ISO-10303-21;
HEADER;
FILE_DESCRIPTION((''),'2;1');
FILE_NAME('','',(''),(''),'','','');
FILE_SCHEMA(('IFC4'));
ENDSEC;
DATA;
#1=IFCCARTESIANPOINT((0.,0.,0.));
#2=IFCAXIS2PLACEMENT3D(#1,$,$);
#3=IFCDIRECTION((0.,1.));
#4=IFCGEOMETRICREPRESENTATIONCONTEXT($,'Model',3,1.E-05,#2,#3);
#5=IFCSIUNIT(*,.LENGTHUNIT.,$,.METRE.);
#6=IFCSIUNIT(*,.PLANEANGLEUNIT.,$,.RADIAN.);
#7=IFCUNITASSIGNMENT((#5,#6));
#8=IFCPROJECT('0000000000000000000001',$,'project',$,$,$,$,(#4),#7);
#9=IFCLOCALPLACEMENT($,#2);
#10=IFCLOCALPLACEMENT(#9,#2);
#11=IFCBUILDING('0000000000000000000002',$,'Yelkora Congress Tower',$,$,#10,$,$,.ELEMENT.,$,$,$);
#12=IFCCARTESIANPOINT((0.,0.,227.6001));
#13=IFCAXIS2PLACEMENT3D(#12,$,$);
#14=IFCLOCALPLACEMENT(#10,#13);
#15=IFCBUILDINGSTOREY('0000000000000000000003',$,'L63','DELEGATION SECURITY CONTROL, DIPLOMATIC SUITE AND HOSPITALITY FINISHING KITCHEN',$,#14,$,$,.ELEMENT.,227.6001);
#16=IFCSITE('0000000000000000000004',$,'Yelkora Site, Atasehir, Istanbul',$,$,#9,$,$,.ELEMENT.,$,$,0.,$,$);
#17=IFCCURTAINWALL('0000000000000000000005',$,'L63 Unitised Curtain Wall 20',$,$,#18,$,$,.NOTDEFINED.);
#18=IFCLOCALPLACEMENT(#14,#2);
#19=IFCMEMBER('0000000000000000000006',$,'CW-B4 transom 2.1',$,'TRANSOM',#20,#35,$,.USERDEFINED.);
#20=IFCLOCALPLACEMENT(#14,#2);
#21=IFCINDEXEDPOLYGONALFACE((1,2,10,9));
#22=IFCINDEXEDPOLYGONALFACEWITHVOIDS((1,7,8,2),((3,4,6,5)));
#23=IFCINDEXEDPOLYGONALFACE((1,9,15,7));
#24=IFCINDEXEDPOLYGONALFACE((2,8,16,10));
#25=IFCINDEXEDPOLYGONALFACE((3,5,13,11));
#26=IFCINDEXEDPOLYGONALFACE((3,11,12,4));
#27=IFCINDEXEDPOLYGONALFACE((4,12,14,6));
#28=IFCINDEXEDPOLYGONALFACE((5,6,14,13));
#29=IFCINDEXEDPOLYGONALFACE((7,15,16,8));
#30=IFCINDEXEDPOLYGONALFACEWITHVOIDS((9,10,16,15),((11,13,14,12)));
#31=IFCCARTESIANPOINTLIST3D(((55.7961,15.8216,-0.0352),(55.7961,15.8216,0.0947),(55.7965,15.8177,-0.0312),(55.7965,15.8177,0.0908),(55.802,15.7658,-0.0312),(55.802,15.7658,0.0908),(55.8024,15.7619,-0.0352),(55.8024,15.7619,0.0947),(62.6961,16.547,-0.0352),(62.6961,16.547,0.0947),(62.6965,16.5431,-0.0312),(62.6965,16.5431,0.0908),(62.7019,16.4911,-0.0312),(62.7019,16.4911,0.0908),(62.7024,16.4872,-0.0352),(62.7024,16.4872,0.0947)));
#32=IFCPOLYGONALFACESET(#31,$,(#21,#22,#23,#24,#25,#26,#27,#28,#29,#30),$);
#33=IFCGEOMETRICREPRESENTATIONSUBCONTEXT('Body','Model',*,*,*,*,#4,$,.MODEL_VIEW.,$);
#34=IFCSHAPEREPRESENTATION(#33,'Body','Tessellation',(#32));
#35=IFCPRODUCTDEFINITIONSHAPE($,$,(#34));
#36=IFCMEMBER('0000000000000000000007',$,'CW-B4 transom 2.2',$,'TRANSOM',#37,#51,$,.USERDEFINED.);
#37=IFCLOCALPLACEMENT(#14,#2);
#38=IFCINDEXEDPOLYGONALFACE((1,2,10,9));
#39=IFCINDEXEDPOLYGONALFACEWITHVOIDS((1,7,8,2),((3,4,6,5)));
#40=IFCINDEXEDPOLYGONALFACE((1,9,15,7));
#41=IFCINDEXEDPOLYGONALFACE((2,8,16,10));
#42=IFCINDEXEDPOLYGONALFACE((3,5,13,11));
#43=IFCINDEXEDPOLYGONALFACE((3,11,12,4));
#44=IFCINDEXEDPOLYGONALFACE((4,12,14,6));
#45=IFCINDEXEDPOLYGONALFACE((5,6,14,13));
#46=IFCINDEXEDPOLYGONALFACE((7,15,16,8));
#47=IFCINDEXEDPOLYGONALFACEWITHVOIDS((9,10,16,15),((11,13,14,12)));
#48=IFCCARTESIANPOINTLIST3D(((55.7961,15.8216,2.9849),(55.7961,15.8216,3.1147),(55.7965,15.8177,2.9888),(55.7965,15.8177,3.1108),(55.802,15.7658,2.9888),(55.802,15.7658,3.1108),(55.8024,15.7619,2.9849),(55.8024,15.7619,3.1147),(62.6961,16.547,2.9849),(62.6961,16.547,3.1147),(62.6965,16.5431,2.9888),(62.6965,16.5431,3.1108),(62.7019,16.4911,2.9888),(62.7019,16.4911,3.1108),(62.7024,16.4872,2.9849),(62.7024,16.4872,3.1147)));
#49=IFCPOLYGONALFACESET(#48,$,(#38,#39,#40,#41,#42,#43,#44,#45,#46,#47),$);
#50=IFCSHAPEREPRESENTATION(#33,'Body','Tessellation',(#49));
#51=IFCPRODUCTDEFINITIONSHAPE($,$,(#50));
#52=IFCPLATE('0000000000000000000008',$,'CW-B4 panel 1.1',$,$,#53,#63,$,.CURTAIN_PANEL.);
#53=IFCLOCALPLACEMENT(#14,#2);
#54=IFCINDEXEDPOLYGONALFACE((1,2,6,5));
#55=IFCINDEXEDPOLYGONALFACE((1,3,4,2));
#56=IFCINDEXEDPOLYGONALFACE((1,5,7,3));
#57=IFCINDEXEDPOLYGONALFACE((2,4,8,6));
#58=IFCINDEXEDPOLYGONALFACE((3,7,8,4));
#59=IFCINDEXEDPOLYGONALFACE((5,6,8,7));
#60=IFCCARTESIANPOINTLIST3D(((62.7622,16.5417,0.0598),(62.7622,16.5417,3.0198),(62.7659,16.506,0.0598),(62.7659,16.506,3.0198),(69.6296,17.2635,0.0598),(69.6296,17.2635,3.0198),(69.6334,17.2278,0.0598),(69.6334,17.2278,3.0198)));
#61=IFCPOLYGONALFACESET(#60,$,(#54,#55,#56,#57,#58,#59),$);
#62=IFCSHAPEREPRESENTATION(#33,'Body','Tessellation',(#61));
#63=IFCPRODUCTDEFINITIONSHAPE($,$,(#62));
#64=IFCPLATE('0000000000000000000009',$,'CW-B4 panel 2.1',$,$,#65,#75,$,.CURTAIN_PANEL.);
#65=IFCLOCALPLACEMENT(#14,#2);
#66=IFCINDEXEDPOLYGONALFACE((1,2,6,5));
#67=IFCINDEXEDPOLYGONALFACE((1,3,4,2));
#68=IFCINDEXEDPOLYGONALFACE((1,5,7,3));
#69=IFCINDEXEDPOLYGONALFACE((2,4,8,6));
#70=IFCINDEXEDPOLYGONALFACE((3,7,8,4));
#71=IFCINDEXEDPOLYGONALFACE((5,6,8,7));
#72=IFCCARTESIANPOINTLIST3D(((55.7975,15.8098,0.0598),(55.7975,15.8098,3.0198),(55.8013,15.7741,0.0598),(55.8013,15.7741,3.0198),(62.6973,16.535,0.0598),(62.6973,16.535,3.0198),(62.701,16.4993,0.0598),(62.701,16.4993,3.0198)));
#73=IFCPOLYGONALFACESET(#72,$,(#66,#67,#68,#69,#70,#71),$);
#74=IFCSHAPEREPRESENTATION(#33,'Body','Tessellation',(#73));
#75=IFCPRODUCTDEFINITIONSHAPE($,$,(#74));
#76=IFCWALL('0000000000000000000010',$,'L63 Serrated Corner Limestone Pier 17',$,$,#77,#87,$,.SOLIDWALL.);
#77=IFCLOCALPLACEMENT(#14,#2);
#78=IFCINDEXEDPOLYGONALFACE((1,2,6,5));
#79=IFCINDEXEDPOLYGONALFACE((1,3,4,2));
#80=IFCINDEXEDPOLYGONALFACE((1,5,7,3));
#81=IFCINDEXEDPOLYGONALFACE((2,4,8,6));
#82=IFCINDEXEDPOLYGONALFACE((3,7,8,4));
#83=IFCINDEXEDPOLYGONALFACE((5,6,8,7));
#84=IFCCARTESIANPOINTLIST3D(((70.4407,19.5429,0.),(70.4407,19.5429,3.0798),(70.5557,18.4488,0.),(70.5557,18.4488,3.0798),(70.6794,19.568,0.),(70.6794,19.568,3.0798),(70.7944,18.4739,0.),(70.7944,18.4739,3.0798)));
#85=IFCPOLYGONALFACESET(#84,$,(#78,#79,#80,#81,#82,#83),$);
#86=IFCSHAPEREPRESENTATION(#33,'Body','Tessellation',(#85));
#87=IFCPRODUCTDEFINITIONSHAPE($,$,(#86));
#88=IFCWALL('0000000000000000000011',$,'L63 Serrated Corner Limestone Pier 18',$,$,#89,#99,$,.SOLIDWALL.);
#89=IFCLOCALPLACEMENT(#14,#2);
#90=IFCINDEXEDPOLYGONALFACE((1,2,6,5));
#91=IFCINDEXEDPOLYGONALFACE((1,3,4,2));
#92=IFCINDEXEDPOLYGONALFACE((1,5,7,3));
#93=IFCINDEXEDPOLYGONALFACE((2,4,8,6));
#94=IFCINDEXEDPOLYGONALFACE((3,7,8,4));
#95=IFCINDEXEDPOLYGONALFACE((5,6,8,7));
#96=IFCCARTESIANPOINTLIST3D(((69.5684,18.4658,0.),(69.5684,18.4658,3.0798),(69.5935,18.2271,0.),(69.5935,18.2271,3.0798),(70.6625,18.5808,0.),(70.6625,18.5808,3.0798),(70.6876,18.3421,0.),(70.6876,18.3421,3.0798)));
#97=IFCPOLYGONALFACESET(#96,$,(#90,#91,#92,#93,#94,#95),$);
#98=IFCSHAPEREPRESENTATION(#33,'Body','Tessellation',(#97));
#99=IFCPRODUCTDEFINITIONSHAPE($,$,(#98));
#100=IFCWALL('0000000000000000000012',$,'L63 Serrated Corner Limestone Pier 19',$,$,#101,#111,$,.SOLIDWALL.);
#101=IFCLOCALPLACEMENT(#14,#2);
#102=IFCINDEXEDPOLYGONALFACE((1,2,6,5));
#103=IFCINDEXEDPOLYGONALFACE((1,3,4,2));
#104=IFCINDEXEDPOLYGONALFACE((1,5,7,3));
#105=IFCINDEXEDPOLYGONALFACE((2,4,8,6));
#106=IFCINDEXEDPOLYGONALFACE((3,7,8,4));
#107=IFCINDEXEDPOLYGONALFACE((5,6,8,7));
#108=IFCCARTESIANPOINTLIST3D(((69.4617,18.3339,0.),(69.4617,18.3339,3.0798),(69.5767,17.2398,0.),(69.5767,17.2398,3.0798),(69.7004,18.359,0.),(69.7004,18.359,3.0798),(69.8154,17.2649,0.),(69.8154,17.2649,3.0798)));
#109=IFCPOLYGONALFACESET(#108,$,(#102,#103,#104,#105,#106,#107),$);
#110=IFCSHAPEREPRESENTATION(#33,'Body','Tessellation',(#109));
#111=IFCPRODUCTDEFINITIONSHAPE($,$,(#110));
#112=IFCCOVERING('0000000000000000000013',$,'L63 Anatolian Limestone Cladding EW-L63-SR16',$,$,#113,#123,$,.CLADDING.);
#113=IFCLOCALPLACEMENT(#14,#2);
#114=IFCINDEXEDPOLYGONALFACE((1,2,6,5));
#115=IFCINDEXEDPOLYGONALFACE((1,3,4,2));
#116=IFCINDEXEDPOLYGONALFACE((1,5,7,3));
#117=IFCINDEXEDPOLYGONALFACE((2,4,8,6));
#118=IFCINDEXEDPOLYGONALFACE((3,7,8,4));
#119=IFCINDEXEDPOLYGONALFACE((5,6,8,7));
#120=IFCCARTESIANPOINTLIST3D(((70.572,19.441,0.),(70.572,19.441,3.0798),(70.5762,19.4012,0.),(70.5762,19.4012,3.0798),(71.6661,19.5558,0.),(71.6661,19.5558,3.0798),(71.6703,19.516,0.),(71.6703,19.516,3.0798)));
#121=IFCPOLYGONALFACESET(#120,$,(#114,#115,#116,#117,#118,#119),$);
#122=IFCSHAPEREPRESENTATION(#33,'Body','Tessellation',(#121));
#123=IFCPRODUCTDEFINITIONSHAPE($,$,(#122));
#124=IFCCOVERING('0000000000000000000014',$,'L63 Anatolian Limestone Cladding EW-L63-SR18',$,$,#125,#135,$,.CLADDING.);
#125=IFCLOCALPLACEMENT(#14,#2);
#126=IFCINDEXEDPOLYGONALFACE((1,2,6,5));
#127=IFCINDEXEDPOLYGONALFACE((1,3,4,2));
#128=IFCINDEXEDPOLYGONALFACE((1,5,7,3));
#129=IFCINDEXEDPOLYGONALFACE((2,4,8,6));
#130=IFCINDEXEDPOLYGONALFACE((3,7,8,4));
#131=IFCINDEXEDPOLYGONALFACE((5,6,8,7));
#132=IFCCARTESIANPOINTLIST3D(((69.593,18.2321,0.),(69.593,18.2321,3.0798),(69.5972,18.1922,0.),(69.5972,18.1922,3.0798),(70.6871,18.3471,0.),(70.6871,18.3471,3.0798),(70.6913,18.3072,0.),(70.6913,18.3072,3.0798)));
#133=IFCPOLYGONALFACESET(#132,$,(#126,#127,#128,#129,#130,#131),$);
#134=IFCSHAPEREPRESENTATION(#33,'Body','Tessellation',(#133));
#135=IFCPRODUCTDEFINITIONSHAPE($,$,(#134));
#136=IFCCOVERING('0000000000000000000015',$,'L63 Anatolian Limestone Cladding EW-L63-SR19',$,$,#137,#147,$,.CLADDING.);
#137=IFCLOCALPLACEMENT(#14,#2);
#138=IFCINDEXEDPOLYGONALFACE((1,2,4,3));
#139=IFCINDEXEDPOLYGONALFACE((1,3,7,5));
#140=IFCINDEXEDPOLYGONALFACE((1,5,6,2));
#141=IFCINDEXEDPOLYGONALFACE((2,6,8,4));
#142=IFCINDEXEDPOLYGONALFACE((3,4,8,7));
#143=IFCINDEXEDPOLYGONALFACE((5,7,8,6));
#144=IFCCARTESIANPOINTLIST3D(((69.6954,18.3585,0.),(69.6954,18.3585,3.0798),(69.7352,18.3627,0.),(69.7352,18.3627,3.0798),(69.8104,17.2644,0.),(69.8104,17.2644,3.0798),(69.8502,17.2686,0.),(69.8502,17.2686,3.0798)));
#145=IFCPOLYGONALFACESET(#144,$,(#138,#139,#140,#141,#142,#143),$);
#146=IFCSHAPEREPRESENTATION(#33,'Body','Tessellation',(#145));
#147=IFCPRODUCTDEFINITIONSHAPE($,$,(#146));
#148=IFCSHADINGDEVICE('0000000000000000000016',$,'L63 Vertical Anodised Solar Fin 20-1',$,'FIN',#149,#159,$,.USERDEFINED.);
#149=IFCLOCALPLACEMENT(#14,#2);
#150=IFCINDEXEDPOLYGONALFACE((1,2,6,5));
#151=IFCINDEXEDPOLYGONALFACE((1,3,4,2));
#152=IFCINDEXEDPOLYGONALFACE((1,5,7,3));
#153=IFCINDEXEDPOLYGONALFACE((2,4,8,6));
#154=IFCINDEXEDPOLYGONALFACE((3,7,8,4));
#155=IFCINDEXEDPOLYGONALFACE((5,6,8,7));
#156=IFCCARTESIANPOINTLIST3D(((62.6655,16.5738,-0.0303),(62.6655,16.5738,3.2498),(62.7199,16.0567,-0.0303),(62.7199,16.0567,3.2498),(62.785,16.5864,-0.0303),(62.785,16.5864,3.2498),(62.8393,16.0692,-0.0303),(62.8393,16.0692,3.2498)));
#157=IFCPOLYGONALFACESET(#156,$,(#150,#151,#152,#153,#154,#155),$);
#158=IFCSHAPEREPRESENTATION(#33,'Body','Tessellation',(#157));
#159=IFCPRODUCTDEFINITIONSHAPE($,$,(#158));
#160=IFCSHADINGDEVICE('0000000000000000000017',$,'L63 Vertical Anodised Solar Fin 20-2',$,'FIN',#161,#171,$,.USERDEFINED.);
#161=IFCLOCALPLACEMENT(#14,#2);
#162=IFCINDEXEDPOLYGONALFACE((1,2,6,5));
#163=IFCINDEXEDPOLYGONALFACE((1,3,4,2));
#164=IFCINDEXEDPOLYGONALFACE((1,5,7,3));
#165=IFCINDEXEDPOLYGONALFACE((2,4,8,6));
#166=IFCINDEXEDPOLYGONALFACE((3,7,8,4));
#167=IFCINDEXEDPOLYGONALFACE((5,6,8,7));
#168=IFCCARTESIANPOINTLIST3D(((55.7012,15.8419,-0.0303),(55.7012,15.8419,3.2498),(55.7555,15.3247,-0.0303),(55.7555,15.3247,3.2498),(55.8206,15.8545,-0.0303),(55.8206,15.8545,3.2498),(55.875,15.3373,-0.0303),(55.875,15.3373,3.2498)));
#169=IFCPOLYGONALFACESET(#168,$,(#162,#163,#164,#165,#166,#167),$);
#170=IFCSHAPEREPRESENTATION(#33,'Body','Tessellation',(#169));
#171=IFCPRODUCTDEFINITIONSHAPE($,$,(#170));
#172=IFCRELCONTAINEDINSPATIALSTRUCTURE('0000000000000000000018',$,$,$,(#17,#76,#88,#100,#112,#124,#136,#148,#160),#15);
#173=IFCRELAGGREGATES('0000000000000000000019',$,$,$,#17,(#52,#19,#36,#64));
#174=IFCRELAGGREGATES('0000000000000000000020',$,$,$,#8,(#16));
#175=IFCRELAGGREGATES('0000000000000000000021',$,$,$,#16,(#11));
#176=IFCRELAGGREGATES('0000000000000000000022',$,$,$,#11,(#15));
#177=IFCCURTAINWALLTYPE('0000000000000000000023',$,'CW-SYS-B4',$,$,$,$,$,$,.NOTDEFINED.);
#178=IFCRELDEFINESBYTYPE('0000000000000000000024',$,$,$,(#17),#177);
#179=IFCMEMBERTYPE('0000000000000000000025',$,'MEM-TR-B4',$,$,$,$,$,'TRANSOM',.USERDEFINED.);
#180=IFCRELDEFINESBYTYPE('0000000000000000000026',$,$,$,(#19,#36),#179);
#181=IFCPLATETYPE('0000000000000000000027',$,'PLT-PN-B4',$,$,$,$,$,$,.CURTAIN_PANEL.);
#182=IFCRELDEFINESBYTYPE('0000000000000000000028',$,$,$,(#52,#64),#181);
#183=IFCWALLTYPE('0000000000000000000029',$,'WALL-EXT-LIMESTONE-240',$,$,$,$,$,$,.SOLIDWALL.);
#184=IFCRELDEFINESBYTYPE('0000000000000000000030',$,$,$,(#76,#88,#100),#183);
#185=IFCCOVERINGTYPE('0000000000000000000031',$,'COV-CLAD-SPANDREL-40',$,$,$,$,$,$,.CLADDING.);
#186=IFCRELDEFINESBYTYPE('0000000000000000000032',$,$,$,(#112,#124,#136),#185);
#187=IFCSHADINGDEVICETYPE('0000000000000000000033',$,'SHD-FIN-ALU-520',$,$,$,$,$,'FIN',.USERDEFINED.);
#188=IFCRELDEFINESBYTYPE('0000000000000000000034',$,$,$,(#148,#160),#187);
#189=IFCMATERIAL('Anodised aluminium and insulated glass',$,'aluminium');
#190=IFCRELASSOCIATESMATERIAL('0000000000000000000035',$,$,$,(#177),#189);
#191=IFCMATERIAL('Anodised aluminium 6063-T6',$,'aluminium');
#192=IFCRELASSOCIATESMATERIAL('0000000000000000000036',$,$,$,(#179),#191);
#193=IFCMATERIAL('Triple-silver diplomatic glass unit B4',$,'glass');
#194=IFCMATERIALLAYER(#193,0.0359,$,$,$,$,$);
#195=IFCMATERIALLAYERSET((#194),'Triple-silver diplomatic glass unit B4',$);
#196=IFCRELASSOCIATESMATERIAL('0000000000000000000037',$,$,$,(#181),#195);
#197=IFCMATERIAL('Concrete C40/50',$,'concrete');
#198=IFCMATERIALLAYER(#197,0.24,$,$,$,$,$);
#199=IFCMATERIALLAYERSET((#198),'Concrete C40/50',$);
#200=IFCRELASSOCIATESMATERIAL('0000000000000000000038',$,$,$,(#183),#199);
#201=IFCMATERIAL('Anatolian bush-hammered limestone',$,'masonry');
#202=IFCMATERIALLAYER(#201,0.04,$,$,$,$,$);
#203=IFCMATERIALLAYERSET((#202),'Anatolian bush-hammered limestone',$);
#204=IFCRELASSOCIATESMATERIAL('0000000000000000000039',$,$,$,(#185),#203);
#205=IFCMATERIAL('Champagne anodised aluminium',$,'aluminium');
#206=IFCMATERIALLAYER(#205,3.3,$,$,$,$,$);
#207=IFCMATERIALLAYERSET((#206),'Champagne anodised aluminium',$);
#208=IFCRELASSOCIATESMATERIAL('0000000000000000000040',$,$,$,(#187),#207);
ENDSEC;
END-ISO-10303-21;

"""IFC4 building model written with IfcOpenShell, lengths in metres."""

from ifc_helpers import new_model, si_unit, direction, frame, frame_2d, origin, origin_2d, place, context, subcontext, project, spatial, rectangle, hollow_rectangle, extrude, material, layer, layer_set, material_profile, profile_set, type_object, element, aggregate, save


model = new_model("IFC4")

# Units and contexts
model_context = context("Model", 3, precision=1e-05, world=origin(), true_north=direction((0.0, 1.0)))
body_context = subcontext(model_context, "Body", "Model", "MODEL_VIEW")
ifc_project = project(units=[si_unit("LENGTHUNIT", "METRE"), si_unit("PLANEANGLEUNIT", "RADIAN")], contexts=[model_context])

# Site, building, storey
site_placement = place(None, origin())
site = spatial("IfcSite", under=ifc_project, at=site_placement, Name="Yelkora Site, Atasehir, Istanbul", CompositionType="ELEMENT", RefElevation=0.0)
building_placement = place(site_placement, origin())
building = spatial("IfcBuilding", under=site, at=building_placement, Name="Yelkora Congress Tower", CompositionType="ELEMENT")
storey_placement = place(building_placement, frame((0.0, 0.0, 227.6001)))
storey = spatial("IfcBuildingStorey", under=building, at=storey_placement, Name="L63", Description="DELEGATION SECURITY CONTROL, DIPLOMATIC SUITE AND HOSPITALITY FINISHING KITCHEN", CompositionType="ELEMENT", Elevation=227.6001)

# Curtain wall, members, plates
ifc_material_1 = material(Name="Anodised aluminium and insulated glass", Category="aluminium")
curtain_wall_type = type_object("IfcCurtainWallType", Name="CW-SYS-B4", PredefinedType="NOTDEFINED", material=ifc_material_1)
curtain_wall_placement = place(storey_placement, origin())
curtain_wall = element("IfcCurtainWall", 1, at=curtain_wall_placement, inside=storey, type_object=curtain_wall_type, Name="L63 Unitised Curtain Wall 20", PredefinedType="NOTDEFINED")
ifc_material_2 = material(Name="Anodised aluminium 6063-T6", Category="aluminium")
ifc_material_profile_1 = material_profile(ifc_material_2, hollow_rectangle(XDim=0.0601, YDim=0.1299, WallThickness=0.0039, at=origin_2d()), Name="ALU 60x130x4")
ifc_profile_set_1 = profile_set([ifc_material_profile_1], Name="Anodised aluminium 6063-T6")
member_type_1 = type_object("IfcMemberType", Name="MEM-TR-B4", ElementType="TRANSOM", PredefinedType="USERDEFINED", material=ifc_profile_set_1)
member_1_placement = place(storey_placement, frame((62.6992, 16.5171, 0.0298), z_axis=(-0.99452, -0.104547, 0.0), x_axis=(0.104547, -0.99452, 0.0)))
member_1 = element("IfcMember", 2, at=member_1_placement, type_object=member_type_1, Name="CW-B4 transom 2.1", ObjectType="TRANSOM", PredefinedType="USERDEFINED", context=body_context, shape_type="SweptSolid", body=[
    extrude(hollow_rectangle(XDim=0.0601, YDim=0.1299, WallThickness=0.0039, at=origin_2d()), origin(), (0.0, 0.0, 1.0), 6.938),
])
member_2_placement = place(storey_placement, frame((62.6992, 16.5171, 3.0498), z_axis=(-0.99452, -0.104547, 0.0), x_axis=(0.104547, -0.99452, 0.0)))
member_2 = element("IfcMember", 3, at=member_2_placement, type_object=member_type_1, Name="CW-B4 transom 2.2", ObjectType="TRANSOM", PredefinedType="USERDEFINED", context=body_context, shape_type="SweptSolid", body=[
    extrude(hollow_rectangle(XDim=0.0601, YDim=0.1299, WallThickness=0.0039, at=origin_2d()), origin(), (0.0, 0.0, 1.0), 6.938),
])
ifc_material_3 = material(Name="Triple-silver diplomatic glass unit B4", Category="glass")
ifc_layer_1 = layer(ifc_material_3, 0.0359)
ifc_layer_set_1 = layer_set([ifc_layer_1], Name="Triple-silver diplomatic glass unit B4")
plate_type = type_object("IfcPlateType", Name="PLT-PN-B4", PredefinedType="CURTAIN_PANEL", material=ifc_layer_set_1)
plate_1_placement = place(storey_placement, frame((66.1978, 16.8848, 0.0598), z_axis=(0.0, 0.0, 1.0), x_axis=(-0.994522, -0.104527, 0.0)))
plate_1 = element("IfcPlate", 4, at=plate_1_placement, type_object=plate_type, Name="CW-B4 panel 1.1", PredefinedType="CURTAIN_PANEL", context=body_context, shape_type="SweptSolid", body=[
    extrude(rectangle(XDim=6.9053, YDim=0.0359, at=origin_2d()), origin(), (0.0, 0.0, 1.0), 2.96),
])
plate_2_placement = place(storey_placement, frame((59.2493, 16.1545, 0.0598), z_axis=(0.0, 0.0, 1.0), x_axis=(-0.994522, -0.104527, 0.0)))
plate_2 = element("IfcPlate", 5, at=plate_2_placement, type_object=plate_type, Name="CW-B4 panel 2.1", PredefinedType="CURTAIN_PANEL", context=body_context, shape_type="SweptSolid", body=[
    extrude(rectangle(XDim=6.9377, YDim=0.0359, at=origin_2d()), origin(), (0.0, 0.0, 1.0), 2.96),
])
aggregate(curtain_wall, [plate_1, member_1, member_2, plate_2])

# Walls
ifc_material_4 = material(Name="Concrete C40/50", Category="concrete")
ifc_layer_2 = layer(ifc_material_4, 0.24)
ifc_layer_set_2 = layer_set([ifc_layer_2], Name="Concrete C40/50")
wall_type = type_object("IfcWallType", Name="WALL-EXT-LIMESTONE-240", PredefinedType="SOLIDWALL", material=ifc_layer_set_2)
for number, where, z_axis, x_axis, name in (
    (6, (70.5601, 19.5554, 0.0), (0.0, 0.0, 1.0), (0.104535, -0.994521, 0.0), "L63 Serrated Corner Limestone Pier 17"),
    (7, (70.675, 18.4614, 0.0), (0.0, 0.0, 1.0), (-0.994521, -0.104535, 0.0), "L63 Serrated Corner Limestone Pier 18"),
    (8, (69.5811, 18.3464, 0.0), (0.0, 0.0, 1.0), (0.104535, -0.994521, 0.0), "L63 Serrated Corner Limestone Pier 19"),
):
    element("IfcWall", number, at=place(storey_placement, frame(where, z_axis=z_axis, x_axis=x_axis)), inside=storey, type_object=wall_type, Name=name, PredefinedType="SOLIDWALL", context=body_context, shape_type="SweptSolid", body=[
        extrude(rectangle(XDim=1.1001, YDim=0.24, at=frame_2d((0.55, 0.0))), origin(), (0.0, 0.0, 1.0), 3.0798),
    ])

# Coverings
ifc_material_5 = material(Name="Anatolian bush-hammered limestone", Category="masonry")
ifc_layer_3 = layer(ifc_material_5, 0.04)
ifc_layer_set_3 = layer_set([ifc_layer_3], Name="Anatolian bush-hammered limestone")
covering_type = type_object("IfcCoveringType", Name="COV-CLAD-SPANDREL-40", PredefinedType="CLADDING", material=ifc_layer_set_3)
for number, where, z_axis, x_axis, name in (
    (9, (71.6682, 19.5359, 0.0), (0.0, 0.0, 1.0), (-0.994544, -0.104315, 0.0), "L63 Anatolian Limestone Cladding EW-L63-SR16"),
    (10, (70.6892, 18.3271, 0.0), (0.0, 0.0, 1.0), (-0.994521, -0.104535, 0.0), "L63 Anatolian Limestone Cladding EW-L63-SR18"),
    (11, (69.7153, 18.3606, 0.0), (0.0, 0.0, 1.0), (0.104535, -0.994521, 0.0), "L63 Anatolian Limestone Cladding EW-L63-SR19"),
):
    element("IfcCovering", number, at=place(storey_placement, frame(where, z_axis=z_axis, x_axis=x_axis)), inside=storey, type_object=covering_type, Name=name, PredefinedType="CLADDING", context=body_context, shape_type="SweptSolid", body=[
        extrude(rectangle(XDim=1.1001, YDim=0.04, at=frame_2d((0.55, 0.0))), origin(), (0.0, 0.0, 1.0), 3.0798),
    ])

# Shading devices
ifc_material_6 = material(Name="Champagne anodised aluminium", Category="aluminium")
ifc_layer_4 = layer(ifc_material_6, 3.3)
ifc_layer_set_4 = layer_set([ifc_layer_4], Name="Champagne anodised aluminium")
shading_device_type = type_object("IfcShadingDeviceType", Name="SHD-FIN-ALU-520", ElementType="FIN", PredefinedType="USERDEFINED", material=ifc_layer_set_4)
for number, where, z_axis, x_axis, name in (
    (12, (62.7524, 16.3215, -0.0303), (0.0, 0.0, 1.0), (-0.994522, -0.104528, 0.0), "L63 Vertical Anodised Solar Fin 20-1"),
    (13, (55.7881, 15.5896, -0.0303), (0.0, 0.0, 1.0), (-0.994522, -0.104528, 0.0), "L63 Vertical Anodised Solar Fin 20-2"),
):
    element("IfcShadingDevice", number, at=place(storey_placement, frame(where, z_axis=z_axis, x_axis=x_axis)), inside=storey, type_object=shading_device_type, Name=name, ObjectType="FIN", PredefinedType="USERDEFINED", context=body_context, shape_type="SweptSolid", body=[
        extrude(rectangle(XDim=0.1201, YDim=0.52, at=origin_2d()), origin(), (0.0, 0.0, 1.0), 3.28),
    ])

save(model, "model.ifc")
